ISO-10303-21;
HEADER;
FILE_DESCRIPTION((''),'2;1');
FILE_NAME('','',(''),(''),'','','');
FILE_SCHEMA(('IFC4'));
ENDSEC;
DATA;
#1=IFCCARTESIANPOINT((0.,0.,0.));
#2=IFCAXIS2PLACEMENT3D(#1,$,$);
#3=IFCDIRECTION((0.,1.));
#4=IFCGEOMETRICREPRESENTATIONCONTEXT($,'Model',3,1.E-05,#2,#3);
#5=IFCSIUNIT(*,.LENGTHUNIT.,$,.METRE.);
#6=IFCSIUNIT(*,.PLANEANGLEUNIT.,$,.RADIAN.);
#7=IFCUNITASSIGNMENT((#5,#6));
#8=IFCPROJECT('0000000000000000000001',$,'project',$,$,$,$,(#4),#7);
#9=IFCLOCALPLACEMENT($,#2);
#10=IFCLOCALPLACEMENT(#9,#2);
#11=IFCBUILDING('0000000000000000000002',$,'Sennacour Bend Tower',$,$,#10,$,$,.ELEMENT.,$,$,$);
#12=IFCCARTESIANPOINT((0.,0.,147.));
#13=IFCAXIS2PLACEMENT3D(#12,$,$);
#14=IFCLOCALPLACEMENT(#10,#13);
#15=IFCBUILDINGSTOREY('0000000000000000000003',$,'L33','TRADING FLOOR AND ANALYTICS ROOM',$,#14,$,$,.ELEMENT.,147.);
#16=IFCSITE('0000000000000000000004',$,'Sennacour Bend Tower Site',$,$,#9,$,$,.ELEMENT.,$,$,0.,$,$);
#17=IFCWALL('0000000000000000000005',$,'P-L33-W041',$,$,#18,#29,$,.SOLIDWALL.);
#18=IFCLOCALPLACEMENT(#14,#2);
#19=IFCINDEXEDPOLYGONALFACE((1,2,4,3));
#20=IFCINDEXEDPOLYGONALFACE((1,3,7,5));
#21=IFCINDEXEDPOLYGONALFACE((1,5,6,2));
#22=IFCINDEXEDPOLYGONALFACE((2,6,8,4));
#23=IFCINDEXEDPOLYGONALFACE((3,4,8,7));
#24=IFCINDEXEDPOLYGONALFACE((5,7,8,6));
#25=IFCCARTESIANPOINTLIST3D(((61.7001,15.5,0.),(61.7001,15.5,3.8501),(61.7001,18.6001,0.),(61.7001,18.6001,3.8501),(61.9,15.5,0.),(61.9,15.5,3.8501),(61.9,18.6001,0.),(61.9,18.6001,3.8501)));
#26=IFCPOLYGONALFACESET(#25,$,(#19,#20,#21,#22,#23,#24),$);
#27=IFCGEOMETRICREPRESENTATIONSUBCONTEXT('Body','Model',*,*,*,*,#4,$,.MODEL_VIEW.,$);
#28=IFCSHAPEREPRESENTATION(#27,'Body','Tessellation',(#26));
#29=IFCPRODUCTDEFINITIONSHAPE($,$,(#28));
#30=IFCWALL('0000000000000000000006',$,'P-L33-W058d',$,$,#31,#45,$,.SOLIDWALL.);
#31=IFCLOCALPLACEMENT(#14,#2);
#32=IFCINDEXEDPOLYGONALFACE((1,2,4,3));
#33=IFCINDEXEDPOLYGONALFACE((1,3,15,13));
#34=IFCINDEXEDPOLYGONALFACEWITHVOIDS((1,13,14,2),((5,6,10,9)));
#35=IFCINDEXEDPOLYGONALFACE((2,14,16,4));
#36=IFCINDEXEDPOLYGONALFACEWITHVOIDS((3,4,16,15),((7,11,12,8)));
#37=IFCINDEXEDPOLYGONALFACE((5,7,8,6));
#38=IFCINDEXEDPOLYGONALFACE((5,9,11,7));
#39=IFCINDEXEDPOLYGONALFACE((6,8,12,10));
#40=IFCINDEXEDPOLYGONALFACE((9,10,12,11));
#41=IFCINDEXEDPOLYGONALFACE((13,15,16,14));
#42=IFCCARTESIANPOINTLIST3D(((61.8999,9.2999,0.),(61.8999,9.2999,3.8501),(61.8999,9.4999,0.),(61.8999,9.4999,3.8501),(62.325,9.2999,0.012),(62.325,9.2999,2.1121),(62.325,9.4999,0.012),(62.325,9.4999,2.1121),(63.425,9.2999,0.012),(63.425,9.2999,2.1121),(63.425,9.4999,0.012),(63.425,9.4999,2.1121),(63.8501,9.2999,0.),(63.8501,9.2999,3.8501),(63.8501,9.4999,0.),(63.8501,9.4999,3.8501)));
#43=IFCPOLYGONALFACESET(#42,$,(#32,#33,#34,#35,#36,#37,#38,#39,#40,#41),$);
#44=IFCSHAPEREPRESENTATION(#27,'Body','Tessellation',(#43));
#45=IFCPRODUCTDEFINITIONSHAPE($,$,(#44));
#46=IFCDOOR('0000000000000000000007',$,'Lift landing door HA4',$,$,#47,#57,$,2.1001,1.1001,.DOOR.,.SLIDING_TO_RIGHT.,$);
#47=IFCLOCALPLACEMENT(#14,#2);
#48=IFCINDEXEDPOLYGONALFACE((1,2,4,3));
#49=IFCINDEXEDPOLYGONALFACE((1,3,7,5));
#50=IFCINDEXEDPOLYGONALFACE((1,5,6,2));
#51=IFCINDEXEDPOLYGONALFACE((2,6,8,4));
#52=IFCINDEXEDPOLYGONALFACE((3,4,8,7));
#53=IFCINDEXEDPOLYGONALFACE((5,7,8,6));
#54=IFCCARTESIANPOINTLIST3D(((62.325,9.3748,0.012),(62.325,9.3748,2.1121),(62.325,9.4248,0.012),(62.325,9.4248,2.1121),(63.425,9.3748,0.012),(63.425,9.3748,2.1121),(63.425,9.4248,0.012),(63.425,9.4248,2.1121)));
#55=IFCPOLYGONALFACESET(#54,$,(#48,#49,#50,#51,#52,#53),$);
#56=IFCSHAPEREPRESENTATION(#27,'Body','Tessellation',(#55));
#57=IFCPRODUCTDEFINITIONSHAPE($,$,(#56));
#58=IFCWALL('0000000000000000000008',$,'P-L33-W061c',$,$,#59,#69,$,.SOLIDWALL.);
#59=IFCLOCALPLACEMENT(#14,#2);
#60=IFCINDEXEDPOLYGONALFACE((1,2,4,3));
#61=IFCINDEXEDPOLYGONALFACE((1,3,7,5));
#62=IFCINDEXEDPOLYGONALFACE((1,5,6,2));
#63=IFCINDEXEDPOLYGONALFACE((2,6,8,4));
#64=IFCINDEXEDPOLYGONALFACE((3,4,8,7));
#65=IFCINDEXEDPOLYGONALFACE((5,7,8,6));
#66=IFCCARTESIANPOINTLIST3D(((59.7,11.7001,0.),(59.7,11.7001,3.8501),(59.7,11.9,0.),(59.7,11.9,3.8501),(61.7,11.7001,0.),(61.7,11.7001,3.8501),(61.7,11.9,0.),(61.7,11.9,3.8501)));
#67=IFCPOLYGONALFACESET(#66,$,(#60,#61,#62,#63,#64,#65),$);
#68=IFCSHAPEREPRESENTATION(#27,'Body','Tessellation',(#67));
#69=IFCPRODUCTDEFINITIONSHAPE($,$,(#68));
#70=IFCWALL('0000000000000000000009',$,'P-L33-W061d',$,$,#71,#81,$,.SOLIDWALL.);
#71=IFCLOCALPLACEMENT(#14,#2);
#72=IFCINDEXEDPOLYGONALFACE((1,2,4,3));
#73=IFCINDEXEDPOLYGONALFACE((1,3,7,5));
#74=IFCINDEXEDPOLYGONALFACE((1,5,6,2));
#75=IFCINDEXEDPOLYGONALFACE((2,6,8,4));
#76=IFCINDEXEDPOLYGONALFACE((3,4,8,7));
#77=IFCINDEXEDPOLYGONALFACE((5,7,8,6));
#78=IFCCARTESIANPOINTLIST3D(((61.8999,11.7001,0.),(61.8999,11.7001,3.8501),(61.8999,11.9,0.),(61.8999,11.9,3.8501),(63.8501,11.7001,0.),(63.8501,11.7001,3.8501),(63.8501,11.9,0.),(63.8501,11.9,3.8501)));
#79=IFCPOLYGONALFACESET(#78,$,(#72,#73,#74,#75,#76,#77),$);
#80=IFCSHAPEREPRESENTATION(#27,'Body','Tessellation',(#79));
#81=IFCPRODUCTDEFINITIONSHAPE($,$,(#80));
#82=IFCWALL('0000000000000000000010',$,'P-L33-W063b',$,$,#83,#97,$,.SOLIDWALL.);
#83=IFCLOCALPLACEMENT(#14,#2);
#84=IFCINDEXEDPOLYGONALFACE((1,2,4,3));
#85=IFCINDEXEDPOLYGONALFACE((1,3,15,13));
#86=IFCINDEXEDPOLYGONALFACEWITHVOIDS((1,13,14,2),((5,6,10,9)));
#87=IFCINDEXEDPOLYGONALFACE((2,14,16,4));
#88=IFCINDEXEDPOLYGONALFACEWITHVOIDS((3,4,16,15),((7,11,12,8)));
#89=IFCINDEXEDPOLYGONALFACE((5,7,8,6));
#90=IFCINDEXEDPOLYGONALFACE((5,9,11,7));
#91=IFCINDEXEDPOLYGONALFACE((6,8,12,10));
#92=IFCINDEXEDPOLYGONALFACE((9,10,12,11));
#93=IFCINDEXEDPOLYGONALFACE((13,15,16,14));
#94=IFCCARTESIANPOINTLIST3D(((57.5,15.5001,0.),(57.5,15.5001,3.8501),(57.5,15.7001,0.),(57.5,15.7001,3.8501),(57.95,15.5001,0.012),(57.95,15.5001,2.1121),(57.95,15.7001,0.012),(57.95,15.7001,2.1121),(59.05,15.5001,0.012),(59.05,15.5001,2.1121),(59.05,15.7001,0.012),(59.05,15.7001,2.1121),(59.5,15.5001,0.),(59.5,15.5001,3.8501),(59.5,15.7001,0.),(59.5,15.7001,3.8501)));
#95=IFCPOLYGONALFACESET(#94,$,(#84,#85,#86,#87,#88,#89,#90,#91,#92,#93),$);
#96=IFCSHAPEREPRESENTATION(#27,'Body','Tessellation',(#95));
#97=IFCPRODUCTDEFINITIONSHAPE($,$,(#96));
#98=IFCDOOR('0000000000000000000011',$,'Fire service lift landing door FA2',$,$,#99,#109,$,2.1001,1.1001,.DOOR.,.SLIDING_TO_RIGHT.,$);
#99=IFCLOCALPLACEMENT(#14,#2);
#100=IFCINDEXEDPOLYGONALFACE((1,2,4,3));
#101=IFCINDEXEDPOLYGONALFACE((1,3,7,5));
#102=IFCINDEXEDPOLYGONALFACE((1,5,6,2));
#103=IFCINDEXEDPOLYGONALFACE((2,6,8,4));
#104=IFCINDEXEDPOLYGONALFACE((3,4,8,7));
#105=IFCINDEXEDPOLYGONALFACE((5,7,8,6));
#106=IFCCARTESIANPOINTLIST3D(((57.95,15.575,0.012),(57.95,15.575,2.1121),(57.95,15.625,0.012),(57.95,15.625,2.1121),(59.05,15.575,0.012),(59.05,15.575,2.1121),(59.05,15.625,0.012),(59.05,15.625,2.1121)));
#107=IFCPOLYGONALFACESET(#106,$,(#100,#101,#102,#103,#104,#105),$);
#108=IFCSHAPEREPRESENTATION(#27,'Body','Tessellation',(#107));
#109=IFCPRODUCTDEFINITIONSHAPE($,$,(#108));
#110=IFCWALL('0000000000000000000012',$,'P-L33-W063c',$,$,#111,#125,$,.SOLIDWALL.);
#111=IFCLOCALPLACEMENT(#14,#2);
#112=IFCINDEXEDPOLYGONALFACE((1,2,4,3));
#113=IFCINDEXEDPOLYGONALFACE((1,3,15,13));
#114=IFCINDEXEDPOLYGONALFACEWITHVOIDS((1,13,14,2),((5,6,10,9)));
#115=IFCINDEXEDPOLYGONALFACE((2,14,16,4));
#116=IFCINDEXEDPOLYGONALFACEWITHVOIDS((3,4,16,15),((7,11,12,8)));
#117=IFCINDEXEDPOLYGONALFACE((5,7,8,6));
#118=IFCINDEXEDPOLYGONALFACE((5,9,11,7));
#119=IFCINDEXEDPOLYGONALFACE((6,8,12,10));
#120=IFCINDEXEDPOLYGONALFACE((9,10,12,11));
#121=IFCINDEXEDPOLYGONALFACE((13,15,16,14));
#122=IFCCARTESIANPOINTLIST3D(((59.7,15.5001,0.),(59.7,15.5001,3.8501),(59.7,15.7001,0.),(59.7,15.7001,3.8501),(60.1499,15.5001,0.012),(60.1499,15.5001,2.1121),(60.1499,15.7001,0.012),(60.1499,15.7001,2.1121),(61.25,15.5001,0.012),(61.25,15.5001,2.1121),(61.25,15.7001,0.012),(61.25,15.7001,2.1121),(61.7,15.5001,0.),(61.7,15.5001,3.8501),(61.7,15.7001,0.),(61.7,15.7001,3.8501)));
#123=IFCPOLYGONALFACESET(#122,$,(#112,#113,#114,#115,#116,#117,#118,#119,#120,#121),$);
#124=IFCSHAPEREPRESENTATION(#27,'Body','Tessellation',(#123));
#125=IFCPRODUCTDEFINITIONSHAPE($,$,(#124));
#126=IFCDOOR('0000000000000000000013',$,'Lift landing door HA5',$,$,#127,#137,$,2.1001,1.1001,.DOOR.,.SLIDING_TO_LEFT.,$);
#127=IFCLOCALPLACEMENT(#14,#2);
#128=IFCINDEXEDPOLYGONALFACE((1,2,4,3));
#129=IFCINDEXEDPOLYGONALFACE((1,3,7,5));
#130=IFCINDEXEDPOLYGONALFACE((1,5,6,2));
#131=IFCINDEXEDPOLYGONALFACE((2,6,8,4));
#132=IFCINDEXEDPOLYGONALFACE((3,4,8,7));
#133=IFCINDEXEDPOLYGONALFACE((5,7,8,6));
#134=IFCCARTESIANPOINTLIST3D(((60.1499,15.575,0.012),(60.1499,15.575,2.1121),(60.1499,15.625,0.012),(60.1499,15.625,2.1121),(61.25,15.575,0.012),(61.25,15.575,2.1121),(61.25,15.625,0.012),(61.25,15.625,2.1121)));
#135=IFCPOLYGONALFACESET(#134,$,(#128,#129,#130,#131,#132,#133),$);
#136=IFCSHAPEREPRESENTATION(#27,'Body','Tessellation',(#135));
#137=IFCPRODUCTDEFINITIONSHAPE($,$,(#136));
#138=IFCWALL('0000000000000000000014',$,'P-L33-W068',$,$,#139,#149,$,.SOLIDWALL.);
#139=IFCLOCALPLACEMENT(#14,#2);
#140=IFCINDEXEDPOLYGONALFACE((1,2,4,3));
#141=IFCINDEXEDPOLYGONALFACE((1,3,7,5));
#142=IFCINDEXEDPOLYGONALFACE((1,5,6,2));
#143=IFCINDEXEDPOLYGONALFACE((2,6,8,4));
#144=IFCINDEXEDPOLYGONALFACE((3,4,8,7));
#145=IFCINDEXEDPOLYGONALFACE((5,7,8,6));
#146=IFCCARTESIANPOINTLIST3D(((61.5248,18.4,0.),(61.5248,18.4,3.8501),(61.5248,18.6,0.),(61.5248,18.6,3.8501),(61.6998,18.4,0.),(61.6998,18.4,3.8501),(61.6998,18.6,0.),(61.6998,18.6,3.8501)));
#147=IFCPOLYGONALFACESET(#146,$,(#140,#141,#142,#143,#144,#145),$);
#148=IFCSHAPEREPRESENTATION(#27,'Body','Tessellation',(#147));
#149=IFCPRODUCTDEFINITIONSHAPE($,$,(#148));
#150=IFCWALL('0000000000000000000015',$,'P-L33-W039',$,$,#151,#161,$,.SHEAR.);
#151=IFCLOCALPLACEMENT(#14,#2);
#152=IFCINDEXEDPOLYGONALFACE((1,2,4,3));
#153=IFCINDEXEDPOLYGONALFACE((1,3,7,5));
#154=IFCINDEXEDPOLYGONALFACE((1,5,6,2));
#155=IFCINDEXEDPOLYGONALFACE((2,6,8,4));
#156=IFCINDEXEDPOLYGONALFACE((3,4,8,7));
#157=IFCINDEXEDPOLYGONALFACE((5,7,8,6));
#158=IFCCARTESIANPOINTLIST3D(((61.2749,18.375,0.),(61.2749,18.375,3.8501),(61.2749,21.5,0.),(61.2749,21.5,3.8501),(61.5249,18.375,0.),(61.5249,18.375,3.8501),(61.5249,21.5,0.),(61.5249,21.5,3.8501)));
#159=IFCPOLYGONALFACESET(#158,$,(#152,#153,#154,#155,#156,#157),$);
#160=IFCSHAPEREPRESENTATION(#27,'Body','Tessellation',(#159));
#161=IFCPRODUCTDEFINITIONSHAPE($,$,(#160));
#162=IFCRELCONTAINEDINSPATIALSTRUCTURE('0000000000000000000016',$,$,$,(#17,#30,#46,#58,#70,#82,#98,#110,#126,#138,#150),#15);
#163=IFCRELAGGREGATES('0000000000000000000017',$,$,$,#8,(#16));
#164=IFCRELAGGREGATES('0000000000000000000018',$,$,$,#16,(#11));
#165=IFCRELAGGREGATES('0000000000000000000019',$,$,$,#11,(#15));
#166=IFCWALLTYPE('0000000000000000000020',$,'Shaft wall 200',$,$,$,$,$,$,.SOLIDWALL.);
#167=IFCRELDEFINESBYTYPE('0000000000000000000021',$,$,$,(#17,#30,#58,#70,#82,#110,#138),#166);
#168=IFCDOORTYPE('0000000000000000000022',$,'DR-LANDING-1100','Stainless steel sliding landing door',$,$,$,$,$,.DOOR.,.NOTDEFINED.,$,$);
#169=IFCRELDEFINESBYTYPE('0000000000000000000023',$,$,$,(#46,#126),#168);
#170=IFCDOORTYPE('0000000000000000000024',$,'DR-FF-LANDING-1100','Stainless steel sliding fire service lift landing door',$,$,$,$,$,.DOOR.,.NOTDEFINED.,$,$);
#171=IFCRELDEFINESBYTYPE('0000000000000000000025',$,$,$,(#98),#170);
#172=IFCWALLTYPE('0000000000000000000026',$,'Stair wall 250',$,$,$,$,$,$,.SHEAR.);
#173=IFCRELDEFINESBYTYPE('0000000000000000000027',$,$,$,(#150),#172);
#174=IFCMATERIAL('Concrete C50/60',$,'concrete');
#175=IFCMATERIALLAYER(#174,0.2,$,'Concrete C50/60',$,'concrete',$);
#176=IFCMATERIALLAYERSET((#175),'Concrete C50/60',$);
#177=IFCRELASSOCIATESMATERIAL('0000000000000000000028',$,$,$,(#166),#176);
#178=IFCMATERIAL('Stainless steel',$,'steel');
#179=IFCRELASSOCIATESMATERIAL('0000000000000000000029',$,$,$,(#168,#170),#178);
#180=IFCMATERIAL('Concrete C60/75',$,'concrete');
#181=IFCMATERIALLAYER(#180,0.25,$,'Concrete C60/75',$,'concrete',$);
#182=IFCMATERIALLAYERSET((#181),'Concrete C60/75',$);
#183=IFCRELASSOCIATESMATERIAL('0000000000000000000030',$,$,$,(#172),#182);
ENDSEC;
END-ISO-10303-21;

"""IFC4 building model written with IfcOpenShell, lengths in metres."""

from ifc_helpers import new_model, si_unit, direction, frame, frame_2d, origin, place, context, subcontext, project, spatial, rectangle, extrude, material, layer, layer_set, type_object, element, fill, save


model = new_model("IFC4")

# Units and contexts
model_context = context("Model", 3, precision=1e-05, world=origin(), true_north=direction((0.0, 1.0)))
body_context = subcontext(model_context, "Body", "Model", "MODEL_VIEW")
ifc_project = project(units=[si_unit("LENGTHUNIT", "METRE"), si_unit("PLANEANGLEUNIT", "RADIAN")], contexts=[model_context])

# Site, building, storey
site_placement = place(None, origin())
site = spatial("IfcSite", under=ifc_project, at=site_placement, Name="Sennacour Bend Tower Site", CompositionType="ELEMENT", RefElevation=0.0)
building_placement = place(site_placement, origin())
building = spatial("IfcBuilding", under=site, at=building_placement, Name="Sennacour Bend Tower", CompositionType="ELEMENT")
storey_placement = place(building_placement, frame((0.0, 0.0, 147.0)))
storey = spatial("IfcBuildingStorey", under=building, at=storey_placement, Name="L33", Description="TRADING FLOOR AND ANALYTICS ROOM", CompositionType="ELEMENT", Elevation=147.0)

# Wall
ifc_material_1 = material(Name="Concrete C50/60", Category="concrete")
ifc_layer_1 = layer(ifc_material_1, 0.2, Name="Concrete C50/60", Category="concrete")
ifc_layer_set_1 = layer_set([ifc_layer_1], Name="Concrete C50/60")
wall_type_1 = type_object("IfcWallType", Name="Shaft wall 200", PredefinedType="SOLIDWALL", material=ifc_layer_set_1)
wall_1_placement = place(storey_placement, frame((61.8, 15.5, 0.0), z_axis=(0.0, 0.0, 1.0), x_axis=(0.0, 1.0, 0.0)))
element("IfcWall", 1, at=wall_1_placement, inside=storey, type_object=wall_type_1, Name="P-L33-W041", PredefinedType="SOLIDWALL", context=body_context, shape_type="SweptSolid", body=[
    extrude(rectangle(XDim=3.1001, YDim=0.2, at=frame_2d((1.55, 0.0))), origin(), (0.0, 0.0, 1.0), 3.8501),
])

# Wall, opening, door
wall_2_placement = place(storey_placement, frame((61.8999, 9.3999, 0.0), z_axis=(0.0, 0.0, 1.0), x_axis=(1.0, 0.0, 0.0)))
wall_2 = element("IfcWall", 2, at=wall_2_placement, inside=storey, type_object=wall_type_1, Name="P-L33-W058d", PredefinedType="SOLIDWALL", context=body_context, shape_type="SweptSolid", body=[
    extrude(rectangle(XDim=1.9502, YDim=0.2, at=frame_2d((0.9751, 0.0))), origin(), (0.0, 0.0, 1.0), 3.8501),
])
opening_1_placement = place(wall_2_placement, frame((0.425, 0.0, 0.012)))
opening_1 = element("IfcOpeningElement", 3, at=opening_1_placement, cuts=wall_2, PredefinedType="OPENING", context=body_context, shape_type="SweptSolid", body=[
    extrude(rectangle(XDim=1.1001, YDim=2.1001, at=frame_2d((0.55, 1.05))), frame((0.0, 0.1099, 0.0), z_axis=(0.0, -1.0, 0.0), x_axis=(1.0, 0.0, 0.0)), (0.0, 0.0, 1.0), 0.22),
])
ifc_material_2 = material(Name="Stainless steel", Category="steel")
door_type_1 = type_object("IfcDoorType", Name="DR-LANDING-1100", Description="Stainless steel sliding landing door", OperationType="NOTDEFINED", PredefinedType="DOOR", material=ifc_material_2)
door_1_placement = place(opening_1_placement, origin())
door_1 = element("IfcDoor", 4, at=door_1_placement, inside=storey, type_object=door_type_1, Name="Lift landing door HA4", OperationType="SLIDING_TO_RIGHT", OverallHeight=2.1001, OverallWidth=1.1001, PredefinedType="DOOR", context=body_context, shape_type="SweptSolid", body=[
    extrude(rectangle(XDim=1.1001, YDim=2.1001, at=frame_2d((0.55, 1.05))), frame((0.0, 0.0249, 0.0), z_axis=(0.0, -1.0, 0.0), x_axis=(1.0, 0.0, 0.0)), (0.0, 0.0, 1.0), 0.05),
])
fill(opening_1, door_1)

# Walls
wall_3_placement = place(storey_placement, frame((59.7, 11.8, 0.0), z_axis=(0.0, 0.0, 1.0), x_axis=(1.0, 0.0, 0.0)))
element("IfcWall", 5, at=wall_3_placement, inside=storey, type_object=wall_type_1, Name="P-L33-W061c", PredefinedType="SOLIDWALL", context=body_context, shape_type="SweptSolid", body=[
    extrude(rectangle(XDim=2.0, YDim=0.2, at=frame_2d((1.0, 0.0))), origin(), (0.0, 0.0, 1.0), 3.8501),
])
wall_4_placement = place(storey_placement, frame((61.8999, 11.8, 0.0), z_axis=(0.0, 0.0, 1.0), x_axis=(1.0, 0.0, 0.0)))
element("IfcWall", 6, at=wall_4_placement, inside=storey, type_object=wall_type_1, Name="P-L33-W061d", PredefinedType="SOLIDWALL", context=body_context, shape_type="SweptSolid", body=[
    extrude(rectangle(XDim=1.9502, YDim=0.2, at=frame_2d((0.9751, 0.0))), origin(), (0.0, 0.0, 1.0), 3.8501),
])

# Walls, openings, doors
wall_5_placement = place(storey_placement, frame((57.5, 15.6001, 0.0), z_axis=(0.0, 0.0, 1.0), x_axis=(1.0, 0.0, 0.0)))
wall_5 = element("IfcWall", 7, at=wall_5_placement, inside=storey, type_object=wall_type_1, Name="P-L33-W063b", PredefinedType="SOLIDWALL", context=body_context, shape_type="SweptSolid", body=[
    extrude(rectangle(XDim=2.0, YDim=0.2, at=frame_2d((1.0, 0.0))), origin(), (0.0, 0.0, 1.0), 3.8501),
])
opening_2_placement = place(wall_5_placement, frame((0.45, 0.0, 0.012)))
opening_2 = element("IfcOpeningElement", 8, at=opening_2_placement, cuts=wall_5, PredefinedType="OPENING", context=body_context, shape_type="SweptSolid", body=[
    extrude(rectangle(XDim=1.1001, YDim=2.1001, at=frame_2d((0.55, 1.05))), frame((0.0, 0.1099, 0.0), z_axis=(0.0, -1.0, 0.0), x_axis=(1.0, 0.0, 0.0)), (0.0, 0.0, 1.0), 0.22),
])
door_type_2 = type_object("IfcDoorType", Name="DR-FF-LANDING-1100", Description="Stainless steel sliding fire service lift landing door", OperationType="NOTDEFINED", PredefinedType="DOOR", material=ifc_material_2)
door_2_placement = place(opening_2_placement, origin())
door_2 = element("IfcDoor", 9, at=door_2_placement, inside=storey, type_object=door_type_2, Name="Fire service lift landing door FA2", OperationType="SLIDING_TO_RIGHT", OverallHeight=2.1001, OverallWidth=1.1001, PredefinedType="DOOR", context=body_context, shape_type="SweptSolid", body=[
    extrude(rectangle(XDim=1.1001, YDim=2.1001, at=frame_2d((0.55, 1.05))), frame((0.0, 0.0249, 0.0), z_axis=(0.0, -1.0, 0.0), x_axis=(1.0, 0.0, 0.0)), (0.0, 0.0, 1.0), 0.05),
])
fill(opening_2, door_2)
wall_6_placement = place(storey_placement, frame((59.7, 15.6001, 0.0), z_axis=(0.0, 0.0, 1.0), x_axis=(1.0, 0.0, 0.0)))
wall_6 = element("IfcWall", 10, at=wall_6_placement, inside=storey, type_object=wall_type_1, Name="P-L33-W063c", PredefinedType="SOLIDWALL", context=body_context, shape_type="SweptSolid", body=[
    extrude(rectangle(XDim=2.0, YDim=0.2, at=frame_2d((1.0, 0.0))), origin(), (0.0, 0.0, 1.0), 3.8501),
])
opening_3_placement = place(wall_6_placement, frame((0.45, 0.0, 0.012)))
opening_3 = element("IfcOpeningElement", 11, at=opening_3_placement, cuts=wall_6, PredefinedType="OPENING", context=body_context, shape_type="SweptSolid", body=[
    extrude(rectangle(XDim=1.1001, YDim=2.1001, at=frame_2d((0.55, 1.05))), frame((0.0, 0.1099, 0.0), z_axis=(0.0, -1.0, 0.0), x_axis=(1.0, 0.0, 0.0)), (0.0, 0.0, 1.0), 0.22),
])
door_3_placement = place(opening_3_placement, origin())
door_3 = element("IfcDoor", 12, at=door_3_placement, inside=storey, type_object=door_type_1, Name="Lift landing door HA5", OperationType="SLIDING_TO_LEFT", OverallHeight=2.1001, OverallWidth=1.1001, PredefinedType="DOOR", context=body_context, shape_type="SweptSolid", body=[
    extrude(rectangle(XDim=1.1001, YDim=2.1001, at=frame_2d((0.55, 1.05))), frame((0.0, 0.0249, 0.0), z_axis=(0.0, -1.0, 0.0), x_axis=(1.0, 0.0, 0.0)), (0.0, 0.0, 1.0), 0.05),
])
fill(opening_3, door_3)

# Walls
wall_7_placement = place(storey_placement, frame((61.5249, 18.5, 0.0), z_axis=(0.0, 0.0, 1.0), x_axis=(1.0, 0.0, 0.0)))
element("IfcWall", 13, at=wall_7_placement, inside=storey, type_object=wall_type_1, Name="P-L33-W068", PredefinedType="SOLIDWALL", context=body_context, shape_type="SweptSolid", body=[
    extrude(rectangle(XDim=0.175, YDim=0.2, at=frame_2d((0.0874, 0.0))), origin(), (0.0, 0.0, 1.0), 3.8501),
])
ifc_material_3 = material(Name="Concrete C60/75", Category="concrete")
ifc_layer_2 = layer(ifc_material_3, 0.25, Name="Concrete C60/75", Category="concrete")
ifc_layer_set_2 = layer_set([ifc_layer_2], Name="Concrete C60/75")
wall_type_2 = type_object("IfcWallType", Name="Stair wall 250", PredefinedType="SHEAR", material=ifc_layer_set_2)
wall_8_placement = place(storey_placement, frame((61.3999, 18.375, 0.0), z_axis=(0.0, 0.0, 1.0), x_axis=(0.0, 1.0, 0.0)))
element("IfcWall", 14, at=wall_8_placement, inside=storey, type_object=wall_type_2, Name="P-L33-W039", PredefinedType="SHEAR", context=body_context, shape_type="SweptSolid", body=[
    extrude(rectangle(XDim=3.125, YDim=0.25, at=frame_2d((1.5625, 0.0))), origin(), (0.0, 0.0, 1.0), 3.8501),
])

save(model, "model.ifc")
